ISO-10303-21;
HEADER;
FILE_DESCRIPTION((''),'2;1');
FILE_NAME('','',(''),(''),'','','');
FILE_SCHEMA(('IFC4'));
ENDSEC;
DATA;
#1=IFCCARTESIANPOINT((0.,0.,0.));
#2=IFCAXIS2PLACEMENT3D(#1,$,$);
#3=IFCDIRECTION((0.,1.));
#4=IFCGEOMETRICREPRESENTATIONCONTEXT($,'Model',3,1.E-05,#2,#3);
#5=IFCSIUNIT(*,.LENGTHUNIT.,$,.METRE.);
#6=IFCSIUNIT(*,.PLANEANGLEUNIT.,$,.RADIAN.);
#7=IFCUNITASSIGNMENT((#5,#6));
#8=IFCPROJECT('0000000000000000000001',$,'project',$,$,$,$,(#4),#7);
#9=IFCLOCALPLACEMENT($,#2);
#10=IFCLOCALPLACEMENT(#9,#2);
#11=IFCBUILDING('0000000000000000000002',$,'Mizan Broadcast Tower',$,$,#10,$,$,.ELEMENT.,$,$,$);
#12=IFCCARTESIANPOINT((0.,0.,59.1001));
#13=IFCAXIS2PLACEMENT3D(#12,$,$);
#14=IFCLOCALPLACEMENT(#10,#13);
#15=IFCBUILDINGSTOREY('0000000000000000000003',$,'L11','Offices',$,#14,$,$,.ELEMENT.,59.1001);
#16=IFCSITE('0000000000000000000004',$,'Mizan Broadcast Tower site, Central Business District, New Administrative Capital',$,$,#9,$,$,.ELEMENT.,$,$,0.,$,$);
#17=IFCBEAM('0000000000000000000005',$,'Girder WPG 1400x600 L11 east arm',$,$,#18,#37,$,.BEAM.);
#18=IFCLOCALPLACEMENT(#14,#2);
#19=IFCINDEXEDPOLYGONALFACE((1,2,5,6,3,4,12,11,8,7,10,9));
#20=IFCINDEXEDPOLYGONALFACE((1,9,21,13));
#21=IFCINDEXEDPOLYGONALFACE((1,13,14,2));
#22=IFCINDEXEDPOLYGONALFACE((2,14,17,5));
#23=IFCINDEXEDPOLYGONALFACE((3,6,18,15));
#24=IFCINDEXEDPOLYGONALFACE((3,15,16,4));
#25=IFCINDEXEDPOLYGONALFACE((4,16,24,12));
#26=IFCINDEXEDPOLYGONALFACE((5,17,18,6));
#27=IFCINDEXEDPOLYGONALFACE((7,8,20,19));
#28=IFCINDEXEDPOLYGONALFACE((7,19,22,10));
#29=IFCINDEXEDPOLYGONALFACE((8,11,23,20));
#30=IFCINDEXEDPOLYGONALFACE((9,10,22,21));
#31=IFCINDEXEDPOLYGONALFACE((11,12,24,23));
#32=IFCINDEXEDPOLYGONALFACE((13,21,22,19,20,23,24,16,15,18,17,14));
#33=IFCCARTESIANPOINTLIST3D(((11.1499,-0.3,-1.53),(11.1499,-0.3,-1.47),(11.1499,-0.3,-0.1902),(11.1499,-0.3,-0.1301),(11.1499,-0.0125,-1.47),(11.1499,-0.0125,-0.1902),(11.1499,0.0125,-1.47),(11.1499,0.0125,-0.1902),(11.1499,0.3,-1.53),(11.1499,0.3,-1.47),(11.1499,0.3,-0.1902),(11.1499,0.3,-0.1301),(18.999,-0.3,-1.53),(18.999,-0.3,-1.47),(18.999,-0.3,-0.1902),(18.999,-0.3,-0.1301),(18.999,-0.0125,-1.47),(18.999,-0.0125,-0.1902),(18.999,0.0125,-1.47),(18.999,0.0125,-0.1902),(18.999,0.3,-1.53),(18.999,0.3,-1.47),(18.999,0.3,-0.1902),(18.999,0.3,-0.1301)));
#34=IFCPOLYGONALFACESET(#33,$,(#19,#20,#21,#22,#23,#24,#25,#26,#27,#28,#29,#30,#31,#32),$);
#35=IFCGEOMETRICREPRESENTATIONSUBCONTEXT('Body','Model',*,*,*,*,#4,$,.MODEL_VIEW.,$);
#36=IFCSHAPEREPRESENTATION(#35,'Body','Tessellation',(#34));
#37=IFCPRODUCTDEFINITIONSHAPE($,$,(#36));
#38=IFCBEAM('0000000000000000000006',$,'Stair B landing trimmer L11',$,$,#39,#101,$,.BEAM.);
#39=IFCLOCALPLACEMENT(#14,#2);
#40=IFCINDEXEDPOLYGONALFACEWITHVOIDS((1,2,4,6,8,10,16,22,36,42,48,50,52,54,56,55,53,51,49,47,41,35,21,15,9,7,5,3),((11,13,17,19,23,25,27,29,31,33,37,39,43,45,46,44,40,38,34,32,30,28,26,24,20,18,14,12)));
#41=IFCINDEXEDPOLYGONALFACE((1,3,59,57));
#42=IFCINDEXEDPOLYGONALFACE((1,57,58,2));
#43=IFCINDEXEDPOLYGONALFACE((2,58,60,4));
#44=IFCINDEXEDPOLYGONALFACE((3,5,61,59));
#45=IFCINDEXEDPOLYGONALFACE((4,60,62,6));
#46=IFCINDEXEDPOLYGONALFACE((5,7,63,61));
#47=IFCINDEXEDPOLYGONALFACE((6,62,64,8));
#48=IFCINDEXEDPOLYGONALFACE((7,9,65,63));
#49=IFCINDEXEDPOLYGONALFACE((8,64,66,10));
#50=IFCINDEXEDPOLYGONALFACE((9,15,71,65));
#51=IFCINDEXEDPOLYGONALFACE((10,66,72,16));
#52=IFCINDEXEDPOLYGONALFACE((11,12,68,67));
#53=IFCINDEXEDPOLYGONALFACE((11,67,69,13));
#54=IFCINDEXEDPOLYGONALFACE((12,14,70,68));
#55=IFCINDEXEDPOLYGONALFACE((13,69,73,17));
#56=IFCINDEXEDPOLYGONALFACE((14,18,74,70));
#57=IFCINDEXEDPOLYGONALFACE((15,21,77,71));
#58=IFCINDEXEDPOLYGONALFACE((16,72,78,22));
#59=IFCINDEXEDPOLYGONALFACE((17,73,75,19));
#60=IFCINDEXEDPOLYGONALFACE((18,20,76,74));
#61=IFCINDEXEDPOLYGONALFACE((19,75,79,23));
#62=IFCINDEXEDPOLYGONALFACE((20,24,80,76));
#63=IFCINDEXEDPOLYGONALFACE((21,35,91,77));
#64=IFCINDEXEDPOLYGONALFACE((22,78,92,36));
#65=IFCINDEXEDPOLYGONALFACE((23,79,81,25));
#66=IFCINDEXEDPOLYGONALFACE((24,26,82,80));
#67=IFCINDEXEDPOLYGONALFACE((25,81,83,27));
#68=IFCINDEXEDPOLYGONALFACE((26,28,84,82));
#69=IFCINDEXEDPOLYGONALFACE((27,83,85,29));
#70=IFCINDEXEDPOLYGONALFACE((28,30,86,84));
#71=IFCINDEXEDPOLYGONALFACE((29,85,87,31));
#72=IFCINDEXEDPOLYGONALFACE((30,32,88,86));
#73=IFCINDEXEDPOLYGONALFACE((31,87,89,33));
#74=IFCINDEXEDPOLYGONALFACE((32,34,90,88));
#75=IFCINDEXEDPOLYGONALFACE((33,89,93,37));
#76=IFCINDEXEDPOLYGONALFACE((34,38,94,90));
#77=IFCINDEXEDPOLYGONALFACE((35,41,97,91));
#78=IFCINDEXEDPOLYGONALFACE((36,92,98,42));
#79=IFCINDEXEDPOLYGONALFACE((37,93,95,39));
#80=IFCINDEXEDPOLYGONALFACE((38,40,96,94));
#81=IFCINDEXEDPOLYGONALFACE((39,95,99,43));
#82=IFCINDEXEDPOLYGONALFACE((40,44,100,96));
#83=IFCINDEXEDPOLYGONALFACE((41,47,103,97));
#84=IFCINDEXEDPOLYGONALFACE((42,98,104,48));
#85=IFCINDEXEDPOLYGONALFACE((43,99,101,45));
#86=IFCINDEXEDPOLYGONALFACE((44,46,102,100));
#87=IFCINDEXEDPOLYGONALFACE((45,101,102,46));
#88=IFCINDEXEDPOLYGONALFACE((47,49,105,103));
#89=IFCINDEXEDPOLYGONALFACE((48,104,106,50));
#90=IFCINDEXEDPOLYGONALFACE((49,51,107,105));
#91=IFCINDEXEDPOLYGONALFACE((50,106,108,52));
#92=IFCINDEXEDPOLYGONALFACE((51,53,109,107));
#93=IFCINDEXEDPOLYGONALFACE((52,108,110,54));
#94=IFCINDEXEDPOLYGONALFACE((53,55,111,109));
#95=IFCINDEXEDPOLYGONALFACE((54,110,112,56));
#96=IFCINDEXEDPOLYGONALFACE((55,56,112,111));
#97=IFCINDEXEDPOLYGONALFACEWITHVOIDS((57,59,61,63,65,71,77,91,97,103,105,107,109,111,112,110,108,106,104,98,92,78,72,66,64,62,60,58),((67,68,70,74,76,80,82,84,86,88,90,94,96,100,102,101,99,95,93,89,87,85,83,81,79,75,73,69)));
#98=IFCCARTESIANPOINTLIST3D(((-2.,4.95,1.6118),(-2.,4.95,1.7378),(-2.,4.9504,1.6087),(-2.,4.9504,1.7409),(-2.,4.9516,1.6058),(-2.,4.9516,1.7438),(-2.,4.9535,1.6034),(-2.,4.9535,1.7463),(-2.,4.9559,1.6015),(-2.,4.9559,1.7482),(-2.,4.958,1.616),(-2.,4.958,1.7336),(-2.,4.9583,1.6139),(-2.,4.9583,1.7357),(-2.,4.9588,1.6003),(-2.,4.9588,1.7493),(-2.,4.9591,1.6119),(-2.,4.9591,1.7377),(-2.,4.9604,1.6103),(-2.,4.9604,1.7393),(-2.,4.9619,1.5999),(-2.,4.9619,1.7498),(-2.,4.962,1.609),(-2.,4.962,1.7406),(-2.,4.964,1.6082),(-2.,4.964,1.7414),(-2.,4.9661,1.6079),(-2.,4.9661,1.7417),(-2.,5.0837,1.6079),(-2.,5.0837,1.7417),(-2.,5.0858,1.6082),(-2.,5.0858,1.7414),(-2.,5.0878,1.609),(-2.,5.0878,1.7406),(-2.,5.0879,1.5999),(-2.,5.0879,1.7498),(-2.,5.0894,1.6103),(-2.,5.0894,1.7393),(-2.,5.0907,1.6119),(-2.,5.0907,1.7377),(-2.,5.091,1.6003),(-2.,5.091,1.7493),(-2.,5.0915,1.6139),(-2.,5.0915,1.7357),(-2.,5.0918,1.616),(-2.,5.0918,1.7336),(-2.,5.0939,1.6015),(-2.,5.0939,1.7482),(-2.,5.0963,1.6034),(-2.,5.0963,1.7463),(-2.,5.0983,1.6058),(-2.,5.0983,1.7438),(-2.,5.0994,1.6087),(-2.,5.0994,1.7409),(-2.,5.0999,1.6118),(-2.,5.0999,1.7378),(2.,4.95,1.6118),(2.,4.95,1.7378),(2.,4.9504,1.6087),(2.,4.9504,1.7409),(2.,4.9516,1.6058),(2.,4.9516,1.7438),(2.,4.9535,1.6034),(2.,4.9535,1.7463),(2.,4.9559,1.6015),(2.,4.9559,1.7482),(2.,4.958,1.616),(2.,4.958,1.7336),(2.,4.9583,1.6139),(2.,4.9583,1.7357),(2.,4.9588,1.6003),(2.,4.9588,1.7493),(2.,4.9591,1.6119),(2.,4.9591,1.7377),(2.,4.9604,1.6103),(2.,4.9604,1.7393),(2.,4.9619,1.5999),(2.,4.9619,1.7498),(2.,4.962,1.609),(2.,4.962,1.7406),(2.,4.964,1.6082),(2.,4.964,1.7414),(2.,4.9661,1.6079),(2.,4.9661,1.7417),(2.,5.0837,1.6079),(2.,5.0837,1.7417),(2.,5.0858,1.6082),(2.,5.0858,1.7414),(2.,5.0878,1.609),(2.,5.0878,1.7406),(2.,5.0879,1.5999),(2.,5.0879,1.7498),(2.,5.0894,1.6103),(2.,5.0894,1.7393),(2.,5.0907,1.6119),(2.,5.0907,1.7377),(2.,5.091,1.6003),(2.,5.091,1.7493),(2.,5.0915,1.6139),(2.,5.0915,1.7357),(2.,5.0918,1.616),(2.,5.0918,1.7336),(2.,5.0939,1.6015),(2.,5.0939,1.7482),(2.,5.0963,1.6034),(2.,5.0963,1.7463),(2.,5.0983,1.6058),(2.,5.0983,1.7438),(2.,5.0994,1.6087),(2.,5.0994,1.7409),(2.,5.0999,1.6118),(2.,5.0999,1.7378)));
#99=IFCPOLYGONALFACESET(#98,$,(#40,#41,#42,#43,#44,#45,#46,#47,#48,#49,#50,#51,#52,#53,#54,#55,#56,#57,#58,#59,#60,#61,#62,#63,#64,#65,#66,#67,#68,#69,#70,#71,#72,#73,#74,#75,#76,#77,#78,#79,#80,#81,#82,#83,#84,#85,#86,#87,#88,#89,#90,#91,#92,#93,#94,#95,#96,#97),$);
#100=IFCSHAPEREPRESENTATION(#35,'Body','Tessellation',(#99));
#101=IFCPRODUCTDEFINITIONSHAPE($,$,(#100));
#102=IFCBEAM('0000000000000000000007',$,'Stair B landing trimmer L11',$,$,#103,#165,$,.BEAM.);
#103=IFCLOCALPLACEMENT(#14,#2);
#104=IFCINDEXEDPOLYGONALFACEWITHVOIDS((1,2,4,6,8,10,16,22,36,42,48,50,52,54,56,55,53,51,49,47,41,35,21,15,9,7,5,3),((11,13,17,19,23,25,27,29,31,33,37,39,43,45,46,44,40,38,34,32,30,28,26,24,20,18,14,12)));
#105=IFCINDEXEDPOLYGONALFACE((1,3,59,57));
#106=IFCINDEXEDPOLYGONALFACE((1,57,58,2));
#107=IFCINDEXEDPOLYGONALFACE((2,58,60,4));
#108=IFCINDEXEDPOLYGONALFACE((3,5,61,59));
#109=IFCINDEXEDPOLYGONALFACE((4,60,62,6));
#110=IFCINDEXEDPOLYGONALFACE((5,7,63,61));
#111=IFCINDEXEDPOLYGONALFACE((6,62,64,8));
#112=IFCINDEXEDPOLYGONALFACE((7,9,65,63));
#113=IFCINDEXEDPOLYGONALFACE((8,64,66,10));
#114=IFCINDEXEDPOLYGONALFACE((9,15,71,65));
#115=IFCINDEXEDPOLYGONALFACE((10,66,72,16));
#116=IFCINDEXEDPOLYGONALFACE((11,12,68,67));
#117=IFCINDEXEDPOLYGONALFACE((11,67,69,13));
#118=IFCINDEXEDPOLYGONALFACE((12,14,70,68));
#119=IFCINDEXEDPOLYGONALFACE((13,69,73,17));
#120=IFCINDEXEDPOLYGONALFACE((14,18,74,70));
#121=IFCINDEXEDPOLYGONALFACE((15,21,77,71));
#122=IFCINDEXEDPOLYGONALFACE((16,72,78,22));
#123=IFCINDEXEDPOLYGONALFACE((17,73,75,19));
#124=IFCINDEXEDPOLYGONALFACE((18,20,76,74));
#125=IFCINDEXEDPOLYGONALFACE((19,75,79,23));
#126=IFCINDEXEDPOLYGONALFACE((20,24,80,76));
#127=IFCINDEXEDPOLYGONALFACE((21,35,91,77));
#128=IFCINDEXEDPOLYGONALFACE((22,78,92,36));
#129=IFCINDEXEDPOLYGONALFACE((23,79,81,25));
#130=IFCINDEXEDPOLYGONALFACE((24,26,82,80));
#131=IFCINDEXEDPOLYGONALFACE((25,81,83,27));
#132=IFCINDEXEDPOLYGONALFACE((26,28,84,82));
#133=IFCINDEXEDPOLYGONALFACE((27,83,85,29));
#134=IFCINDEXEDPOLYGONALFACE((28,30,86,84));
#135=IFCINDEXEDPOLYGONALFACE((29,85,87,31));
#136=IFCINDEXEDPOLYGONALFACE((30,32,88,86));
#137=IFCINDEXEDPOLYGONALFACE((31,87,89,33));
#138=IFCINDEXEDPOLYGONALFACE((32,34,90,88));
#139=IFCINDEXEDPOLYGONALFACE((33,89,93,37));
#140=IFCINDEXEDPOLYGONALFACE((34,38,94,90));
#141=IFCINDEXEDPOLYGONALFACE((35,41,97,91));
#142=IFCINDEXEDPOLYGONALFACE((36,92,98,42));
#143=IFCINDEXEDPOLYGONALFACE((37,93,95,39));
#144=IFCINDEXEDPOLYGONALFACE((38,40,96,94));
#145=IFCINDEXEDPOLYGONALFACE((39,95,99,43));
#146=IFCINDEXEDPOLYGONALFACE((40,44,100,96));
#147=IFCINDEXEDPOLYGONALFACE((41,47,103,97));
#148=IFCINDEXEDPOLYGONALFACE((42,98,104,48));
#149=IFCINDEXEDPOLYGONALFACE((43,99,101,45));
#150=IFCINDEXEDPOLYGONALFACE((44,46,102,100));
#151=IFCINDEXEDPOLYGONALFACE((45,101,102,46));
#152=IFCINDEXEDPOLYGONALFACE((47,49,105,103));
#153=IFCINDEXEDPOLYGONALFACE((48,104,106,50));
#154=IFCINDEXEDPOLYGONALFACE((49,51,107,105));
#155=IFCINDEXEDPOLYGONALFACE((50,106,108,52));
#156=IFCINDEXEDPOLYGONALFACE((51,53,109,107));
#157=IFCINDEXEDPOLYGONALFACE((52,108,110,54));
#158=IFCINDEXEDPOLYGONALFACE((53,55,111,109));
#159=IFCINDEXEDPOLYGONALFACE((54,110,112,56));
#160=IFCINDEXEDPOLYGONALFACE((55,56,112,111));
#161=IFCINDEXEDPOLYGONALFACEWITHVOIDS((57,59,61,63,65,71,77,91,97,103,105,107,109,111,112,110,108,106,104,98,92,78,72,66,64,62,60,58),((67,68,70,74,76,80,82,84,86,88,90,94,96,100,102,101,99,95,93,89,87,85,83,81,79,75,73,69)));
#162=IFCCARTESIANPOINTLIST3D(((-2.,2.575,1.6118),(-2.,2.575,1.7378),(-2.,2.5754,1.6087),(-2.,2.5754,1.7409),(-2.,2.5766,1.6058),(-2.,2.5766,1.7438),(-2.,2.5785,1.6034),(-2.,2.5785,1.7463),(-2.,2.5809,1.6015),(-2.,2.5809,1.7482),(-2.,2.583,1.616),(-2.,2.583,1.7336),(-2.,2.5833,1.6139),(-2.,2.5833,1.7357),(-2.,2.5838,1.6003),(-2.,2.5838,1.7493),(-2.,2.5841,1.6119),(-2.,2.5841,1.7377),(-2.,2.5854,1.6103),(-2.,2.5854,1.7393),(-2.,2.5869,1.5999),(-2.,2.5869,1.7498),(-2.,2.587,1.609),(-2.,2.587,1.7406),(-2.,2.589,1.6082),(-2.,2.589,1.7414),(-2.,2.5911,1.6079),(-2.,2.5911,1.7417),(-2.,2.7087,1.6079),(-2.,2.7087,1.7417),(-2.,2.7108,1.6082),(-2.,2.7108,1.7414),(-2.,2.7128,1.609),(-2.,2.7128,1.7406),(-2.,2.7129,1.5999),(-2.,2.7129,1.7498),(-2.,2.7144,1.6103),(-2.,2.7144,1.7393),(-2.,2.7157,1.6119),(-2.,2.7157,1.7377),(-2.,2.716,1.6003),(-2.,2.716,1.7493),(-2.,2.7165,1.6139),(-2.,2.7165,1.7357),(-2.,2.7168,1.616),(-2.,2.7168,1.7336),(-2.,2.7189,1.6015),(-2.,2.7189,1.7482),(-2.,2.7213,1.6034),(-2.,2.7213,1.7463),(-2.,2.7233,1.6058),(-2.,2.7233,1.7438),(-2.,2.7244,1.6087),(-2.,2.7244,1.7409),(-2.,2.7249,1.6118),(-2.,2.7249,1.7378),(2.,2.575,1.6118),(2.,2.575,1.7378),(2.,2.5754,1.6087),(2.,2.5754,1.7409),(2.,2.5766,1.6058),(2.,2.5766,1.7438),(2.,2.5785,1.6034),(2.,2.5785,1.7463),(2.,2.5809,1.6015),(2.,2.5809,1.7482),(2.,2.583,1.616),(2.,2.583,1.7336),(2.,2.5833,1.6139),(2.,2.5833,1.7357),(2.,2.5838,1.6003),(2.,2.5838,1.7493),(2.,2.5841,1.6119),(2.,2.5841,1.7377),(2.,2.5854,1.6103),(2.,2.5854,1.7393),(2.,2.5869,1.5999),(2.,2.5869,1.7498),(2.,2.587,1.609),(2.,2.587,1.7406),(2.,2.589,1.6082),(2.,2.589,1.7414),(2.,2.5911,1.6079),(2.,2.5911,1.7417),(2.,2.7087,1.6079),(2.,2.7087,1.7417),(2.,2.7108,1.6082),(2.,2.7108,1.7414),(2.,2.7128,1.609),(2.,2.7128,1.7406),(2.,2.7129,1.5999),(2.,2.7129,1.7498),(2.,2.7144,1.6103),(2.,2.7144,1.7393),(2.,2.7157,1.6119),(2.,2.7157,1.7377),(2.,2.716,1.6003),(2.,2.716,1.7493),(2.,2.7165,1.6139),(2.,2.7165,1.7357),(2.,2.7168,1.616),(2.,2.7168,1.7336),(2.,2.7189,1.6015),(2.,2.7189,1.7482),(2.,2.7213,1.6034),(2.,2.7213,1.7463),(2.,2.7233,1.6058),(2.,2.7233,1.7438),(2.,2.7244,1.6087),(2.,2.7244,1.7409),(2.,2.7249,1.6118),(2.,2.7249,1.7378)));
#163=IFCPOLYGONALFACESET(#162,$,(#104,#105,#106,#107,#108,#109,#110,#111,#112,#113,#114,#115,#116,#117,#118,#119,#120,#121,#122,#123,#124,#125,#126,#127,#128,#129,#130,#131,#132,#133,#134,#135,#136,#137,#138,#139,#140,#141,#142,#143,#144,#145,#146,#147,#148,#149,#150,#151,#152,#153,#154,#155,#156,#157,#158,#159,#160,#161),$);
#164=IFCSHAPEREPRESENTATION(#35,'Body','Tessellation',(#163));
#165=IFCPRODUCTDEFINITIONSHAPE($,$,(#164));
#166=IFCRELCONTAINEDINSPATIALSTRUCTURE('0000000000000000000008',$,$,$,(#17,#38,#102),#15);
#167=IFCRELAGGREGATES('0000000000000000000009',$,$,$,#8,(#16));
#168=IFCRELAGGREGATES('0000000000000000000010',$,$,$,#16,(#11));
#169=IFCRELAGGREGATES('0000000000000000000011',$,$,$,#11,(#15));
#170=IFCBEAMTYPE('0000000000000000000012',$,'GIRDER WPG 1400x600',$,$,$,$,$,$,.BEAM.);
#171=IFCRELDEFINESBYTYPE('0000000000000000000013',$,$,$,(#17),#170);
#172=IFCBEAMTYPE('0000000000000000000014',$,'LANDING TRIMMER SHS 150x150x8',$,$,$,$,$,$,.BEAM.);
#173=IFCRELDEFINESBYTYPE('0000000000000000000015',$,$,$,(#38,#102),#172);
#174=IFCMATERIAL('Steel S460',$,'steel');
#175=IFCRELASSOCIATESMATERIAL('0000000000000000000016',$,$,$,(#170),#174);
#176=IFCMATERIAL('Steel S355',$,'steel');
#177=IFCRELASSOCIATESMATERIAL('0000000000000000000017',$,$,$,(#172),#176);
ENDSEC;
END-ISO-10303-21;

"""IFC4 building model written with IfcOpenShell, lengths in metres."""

from ifc_helpers import new_model, si_unit, direction, frame, origin, origin_2d, place, context, subcontext, project, spatial, hollow_rectangle, i_section, extrude, material, material_profile, profile_set, type_object, element, save


model = new_model("IFC4")

# Units and contexts
model_context = context("Model", 3, precision=1e-05, world=origin(), true_north=direction((0.0, 1.0)))
body_context = subcontext(model_context, "Body", "Model", "MODEL_VIEW")
ifc_project = project(units=[si_unit("LENGTHUNIT", "METRE"), si_unit("PLANEANGLEUNIT", "RADIAN")], contexts=[model_context])

# Site, building, storey
site_placement = place(None, origin())
site = spatial("IfcSite", under=ifc_project, at=site_placement, Name="Mizan Broadcast Tower site, Central Business District, New Administrative Capital", CompositionType="ELEMENT", RefElevation=0.0)
building_placement = place(site_placement, origin())
building = spatial("IfcBuilding", under=site, at=building_placement, Name="Mizan Broadcast Tower", CompositionType="ELEMENT")
storey_placement = place(building_placement, frame((0.0, 0.0, 59.1001)))
storey = spatial("IfcBuildingStorey", under=building, at=storey_placement, Name="L11", Description="Offices", CompositionType="ELEMENT", Elevation=59.1001)

# Beams
ifc_material_1 = material(Name="Steel S460", Category="steel")
ifc_material_profile_1 = material_profile(ifc_material_1, i_section(OverallWidth=0.6001, OverallDepth=1.3999, WebThickness=0.0249, FlangeThickness=0.0601, at=origin_2d()), Name="WPG 1400x600")
ifc_profile_set_1 = profile_set([ifc_material_profile_1], Name="Steel S460")
beam_type_1 = type_object("IfcBeamType", Name="GIRDER WPG 1400x600", PredefinedType="BEAM", material=ifc_profile_set_1)
beam_placement = place(storey_placement, frame((11.1499, 0.0, -0.8301), z_axis=(1.0, 0.0, 0.0), x_axis=(0.0, 1.0, 0.0)))
element("IfcBeam", 1, at=beam_placement, inside=storey, type_object=beam_type_1, Name="Girder WPG 1400x600 L11 east arm", PredefinedType="BEAM", context=body_context, shape_type="SweptSolid", body=[
    extrude(i_section(OverallWidth=0.6001, OverallDepth=1.3999, WebThickness=0.0249, FlangeThickness=0.0601, at=origin_2d()), origin(), (0.0, 0.0, 1.0), 7.8491),
])
ifc_material_2 = material(Name="Steel S355", Category="steel")
ifc_material_profile_2 = material_profile(ifc_material_2, hollow_rectangle(XDim=0.1499, YDim=0.1499, WallThickness=0.0081, InnerFilletRadius=0.0081, OuterFilletRadius=0.012, at=origin_2d()), Name="SHS 150x150x8")
ifc_profile_set_2 = profile_set([ifc_material_profile_2], Name="Steel S355")
beam_type_2 = type_object("IfcBeamType", Name="LANDING TRIMMER SHS 150x150x8", PredefinedType="BEAM", material=ifc_profile_set_2)
for number, where, z_axis, x_axis, name in (
    (2, (2.0, 5.0249, 1.6748), (-1.0, 0.0, 0.0), (0.0, -1.0, 0.0), "Stair B landing trimmer L11"),
    (3, (2.0, 2.6499, 1.6748), (-1.0, 0.0, 0.0), (0.0, -1.0, 0.0), "Stair B landing trimmer L11"),
):
    element("IfcBeam", number, at=place(storey_placement, frame(where, z_axis=z_axis, x_axis=x_axis)), inside=storey, type_object=beam_type_2, Name=name, PredefinedType="BEAM", context=body_context, shape_type="SweptSolid", body=[
        extrude(hollow_rectangle(XDim=0.1499, YDim=0.1499, WallThickness=0.0081, InnerFilletRadius=0.0081, OuterFilletRadius=0.012, at=origin_2d()), origin(), (0.0, 0.0, 1.0), 4.0),
    ])

save(model, "model.ifc")
